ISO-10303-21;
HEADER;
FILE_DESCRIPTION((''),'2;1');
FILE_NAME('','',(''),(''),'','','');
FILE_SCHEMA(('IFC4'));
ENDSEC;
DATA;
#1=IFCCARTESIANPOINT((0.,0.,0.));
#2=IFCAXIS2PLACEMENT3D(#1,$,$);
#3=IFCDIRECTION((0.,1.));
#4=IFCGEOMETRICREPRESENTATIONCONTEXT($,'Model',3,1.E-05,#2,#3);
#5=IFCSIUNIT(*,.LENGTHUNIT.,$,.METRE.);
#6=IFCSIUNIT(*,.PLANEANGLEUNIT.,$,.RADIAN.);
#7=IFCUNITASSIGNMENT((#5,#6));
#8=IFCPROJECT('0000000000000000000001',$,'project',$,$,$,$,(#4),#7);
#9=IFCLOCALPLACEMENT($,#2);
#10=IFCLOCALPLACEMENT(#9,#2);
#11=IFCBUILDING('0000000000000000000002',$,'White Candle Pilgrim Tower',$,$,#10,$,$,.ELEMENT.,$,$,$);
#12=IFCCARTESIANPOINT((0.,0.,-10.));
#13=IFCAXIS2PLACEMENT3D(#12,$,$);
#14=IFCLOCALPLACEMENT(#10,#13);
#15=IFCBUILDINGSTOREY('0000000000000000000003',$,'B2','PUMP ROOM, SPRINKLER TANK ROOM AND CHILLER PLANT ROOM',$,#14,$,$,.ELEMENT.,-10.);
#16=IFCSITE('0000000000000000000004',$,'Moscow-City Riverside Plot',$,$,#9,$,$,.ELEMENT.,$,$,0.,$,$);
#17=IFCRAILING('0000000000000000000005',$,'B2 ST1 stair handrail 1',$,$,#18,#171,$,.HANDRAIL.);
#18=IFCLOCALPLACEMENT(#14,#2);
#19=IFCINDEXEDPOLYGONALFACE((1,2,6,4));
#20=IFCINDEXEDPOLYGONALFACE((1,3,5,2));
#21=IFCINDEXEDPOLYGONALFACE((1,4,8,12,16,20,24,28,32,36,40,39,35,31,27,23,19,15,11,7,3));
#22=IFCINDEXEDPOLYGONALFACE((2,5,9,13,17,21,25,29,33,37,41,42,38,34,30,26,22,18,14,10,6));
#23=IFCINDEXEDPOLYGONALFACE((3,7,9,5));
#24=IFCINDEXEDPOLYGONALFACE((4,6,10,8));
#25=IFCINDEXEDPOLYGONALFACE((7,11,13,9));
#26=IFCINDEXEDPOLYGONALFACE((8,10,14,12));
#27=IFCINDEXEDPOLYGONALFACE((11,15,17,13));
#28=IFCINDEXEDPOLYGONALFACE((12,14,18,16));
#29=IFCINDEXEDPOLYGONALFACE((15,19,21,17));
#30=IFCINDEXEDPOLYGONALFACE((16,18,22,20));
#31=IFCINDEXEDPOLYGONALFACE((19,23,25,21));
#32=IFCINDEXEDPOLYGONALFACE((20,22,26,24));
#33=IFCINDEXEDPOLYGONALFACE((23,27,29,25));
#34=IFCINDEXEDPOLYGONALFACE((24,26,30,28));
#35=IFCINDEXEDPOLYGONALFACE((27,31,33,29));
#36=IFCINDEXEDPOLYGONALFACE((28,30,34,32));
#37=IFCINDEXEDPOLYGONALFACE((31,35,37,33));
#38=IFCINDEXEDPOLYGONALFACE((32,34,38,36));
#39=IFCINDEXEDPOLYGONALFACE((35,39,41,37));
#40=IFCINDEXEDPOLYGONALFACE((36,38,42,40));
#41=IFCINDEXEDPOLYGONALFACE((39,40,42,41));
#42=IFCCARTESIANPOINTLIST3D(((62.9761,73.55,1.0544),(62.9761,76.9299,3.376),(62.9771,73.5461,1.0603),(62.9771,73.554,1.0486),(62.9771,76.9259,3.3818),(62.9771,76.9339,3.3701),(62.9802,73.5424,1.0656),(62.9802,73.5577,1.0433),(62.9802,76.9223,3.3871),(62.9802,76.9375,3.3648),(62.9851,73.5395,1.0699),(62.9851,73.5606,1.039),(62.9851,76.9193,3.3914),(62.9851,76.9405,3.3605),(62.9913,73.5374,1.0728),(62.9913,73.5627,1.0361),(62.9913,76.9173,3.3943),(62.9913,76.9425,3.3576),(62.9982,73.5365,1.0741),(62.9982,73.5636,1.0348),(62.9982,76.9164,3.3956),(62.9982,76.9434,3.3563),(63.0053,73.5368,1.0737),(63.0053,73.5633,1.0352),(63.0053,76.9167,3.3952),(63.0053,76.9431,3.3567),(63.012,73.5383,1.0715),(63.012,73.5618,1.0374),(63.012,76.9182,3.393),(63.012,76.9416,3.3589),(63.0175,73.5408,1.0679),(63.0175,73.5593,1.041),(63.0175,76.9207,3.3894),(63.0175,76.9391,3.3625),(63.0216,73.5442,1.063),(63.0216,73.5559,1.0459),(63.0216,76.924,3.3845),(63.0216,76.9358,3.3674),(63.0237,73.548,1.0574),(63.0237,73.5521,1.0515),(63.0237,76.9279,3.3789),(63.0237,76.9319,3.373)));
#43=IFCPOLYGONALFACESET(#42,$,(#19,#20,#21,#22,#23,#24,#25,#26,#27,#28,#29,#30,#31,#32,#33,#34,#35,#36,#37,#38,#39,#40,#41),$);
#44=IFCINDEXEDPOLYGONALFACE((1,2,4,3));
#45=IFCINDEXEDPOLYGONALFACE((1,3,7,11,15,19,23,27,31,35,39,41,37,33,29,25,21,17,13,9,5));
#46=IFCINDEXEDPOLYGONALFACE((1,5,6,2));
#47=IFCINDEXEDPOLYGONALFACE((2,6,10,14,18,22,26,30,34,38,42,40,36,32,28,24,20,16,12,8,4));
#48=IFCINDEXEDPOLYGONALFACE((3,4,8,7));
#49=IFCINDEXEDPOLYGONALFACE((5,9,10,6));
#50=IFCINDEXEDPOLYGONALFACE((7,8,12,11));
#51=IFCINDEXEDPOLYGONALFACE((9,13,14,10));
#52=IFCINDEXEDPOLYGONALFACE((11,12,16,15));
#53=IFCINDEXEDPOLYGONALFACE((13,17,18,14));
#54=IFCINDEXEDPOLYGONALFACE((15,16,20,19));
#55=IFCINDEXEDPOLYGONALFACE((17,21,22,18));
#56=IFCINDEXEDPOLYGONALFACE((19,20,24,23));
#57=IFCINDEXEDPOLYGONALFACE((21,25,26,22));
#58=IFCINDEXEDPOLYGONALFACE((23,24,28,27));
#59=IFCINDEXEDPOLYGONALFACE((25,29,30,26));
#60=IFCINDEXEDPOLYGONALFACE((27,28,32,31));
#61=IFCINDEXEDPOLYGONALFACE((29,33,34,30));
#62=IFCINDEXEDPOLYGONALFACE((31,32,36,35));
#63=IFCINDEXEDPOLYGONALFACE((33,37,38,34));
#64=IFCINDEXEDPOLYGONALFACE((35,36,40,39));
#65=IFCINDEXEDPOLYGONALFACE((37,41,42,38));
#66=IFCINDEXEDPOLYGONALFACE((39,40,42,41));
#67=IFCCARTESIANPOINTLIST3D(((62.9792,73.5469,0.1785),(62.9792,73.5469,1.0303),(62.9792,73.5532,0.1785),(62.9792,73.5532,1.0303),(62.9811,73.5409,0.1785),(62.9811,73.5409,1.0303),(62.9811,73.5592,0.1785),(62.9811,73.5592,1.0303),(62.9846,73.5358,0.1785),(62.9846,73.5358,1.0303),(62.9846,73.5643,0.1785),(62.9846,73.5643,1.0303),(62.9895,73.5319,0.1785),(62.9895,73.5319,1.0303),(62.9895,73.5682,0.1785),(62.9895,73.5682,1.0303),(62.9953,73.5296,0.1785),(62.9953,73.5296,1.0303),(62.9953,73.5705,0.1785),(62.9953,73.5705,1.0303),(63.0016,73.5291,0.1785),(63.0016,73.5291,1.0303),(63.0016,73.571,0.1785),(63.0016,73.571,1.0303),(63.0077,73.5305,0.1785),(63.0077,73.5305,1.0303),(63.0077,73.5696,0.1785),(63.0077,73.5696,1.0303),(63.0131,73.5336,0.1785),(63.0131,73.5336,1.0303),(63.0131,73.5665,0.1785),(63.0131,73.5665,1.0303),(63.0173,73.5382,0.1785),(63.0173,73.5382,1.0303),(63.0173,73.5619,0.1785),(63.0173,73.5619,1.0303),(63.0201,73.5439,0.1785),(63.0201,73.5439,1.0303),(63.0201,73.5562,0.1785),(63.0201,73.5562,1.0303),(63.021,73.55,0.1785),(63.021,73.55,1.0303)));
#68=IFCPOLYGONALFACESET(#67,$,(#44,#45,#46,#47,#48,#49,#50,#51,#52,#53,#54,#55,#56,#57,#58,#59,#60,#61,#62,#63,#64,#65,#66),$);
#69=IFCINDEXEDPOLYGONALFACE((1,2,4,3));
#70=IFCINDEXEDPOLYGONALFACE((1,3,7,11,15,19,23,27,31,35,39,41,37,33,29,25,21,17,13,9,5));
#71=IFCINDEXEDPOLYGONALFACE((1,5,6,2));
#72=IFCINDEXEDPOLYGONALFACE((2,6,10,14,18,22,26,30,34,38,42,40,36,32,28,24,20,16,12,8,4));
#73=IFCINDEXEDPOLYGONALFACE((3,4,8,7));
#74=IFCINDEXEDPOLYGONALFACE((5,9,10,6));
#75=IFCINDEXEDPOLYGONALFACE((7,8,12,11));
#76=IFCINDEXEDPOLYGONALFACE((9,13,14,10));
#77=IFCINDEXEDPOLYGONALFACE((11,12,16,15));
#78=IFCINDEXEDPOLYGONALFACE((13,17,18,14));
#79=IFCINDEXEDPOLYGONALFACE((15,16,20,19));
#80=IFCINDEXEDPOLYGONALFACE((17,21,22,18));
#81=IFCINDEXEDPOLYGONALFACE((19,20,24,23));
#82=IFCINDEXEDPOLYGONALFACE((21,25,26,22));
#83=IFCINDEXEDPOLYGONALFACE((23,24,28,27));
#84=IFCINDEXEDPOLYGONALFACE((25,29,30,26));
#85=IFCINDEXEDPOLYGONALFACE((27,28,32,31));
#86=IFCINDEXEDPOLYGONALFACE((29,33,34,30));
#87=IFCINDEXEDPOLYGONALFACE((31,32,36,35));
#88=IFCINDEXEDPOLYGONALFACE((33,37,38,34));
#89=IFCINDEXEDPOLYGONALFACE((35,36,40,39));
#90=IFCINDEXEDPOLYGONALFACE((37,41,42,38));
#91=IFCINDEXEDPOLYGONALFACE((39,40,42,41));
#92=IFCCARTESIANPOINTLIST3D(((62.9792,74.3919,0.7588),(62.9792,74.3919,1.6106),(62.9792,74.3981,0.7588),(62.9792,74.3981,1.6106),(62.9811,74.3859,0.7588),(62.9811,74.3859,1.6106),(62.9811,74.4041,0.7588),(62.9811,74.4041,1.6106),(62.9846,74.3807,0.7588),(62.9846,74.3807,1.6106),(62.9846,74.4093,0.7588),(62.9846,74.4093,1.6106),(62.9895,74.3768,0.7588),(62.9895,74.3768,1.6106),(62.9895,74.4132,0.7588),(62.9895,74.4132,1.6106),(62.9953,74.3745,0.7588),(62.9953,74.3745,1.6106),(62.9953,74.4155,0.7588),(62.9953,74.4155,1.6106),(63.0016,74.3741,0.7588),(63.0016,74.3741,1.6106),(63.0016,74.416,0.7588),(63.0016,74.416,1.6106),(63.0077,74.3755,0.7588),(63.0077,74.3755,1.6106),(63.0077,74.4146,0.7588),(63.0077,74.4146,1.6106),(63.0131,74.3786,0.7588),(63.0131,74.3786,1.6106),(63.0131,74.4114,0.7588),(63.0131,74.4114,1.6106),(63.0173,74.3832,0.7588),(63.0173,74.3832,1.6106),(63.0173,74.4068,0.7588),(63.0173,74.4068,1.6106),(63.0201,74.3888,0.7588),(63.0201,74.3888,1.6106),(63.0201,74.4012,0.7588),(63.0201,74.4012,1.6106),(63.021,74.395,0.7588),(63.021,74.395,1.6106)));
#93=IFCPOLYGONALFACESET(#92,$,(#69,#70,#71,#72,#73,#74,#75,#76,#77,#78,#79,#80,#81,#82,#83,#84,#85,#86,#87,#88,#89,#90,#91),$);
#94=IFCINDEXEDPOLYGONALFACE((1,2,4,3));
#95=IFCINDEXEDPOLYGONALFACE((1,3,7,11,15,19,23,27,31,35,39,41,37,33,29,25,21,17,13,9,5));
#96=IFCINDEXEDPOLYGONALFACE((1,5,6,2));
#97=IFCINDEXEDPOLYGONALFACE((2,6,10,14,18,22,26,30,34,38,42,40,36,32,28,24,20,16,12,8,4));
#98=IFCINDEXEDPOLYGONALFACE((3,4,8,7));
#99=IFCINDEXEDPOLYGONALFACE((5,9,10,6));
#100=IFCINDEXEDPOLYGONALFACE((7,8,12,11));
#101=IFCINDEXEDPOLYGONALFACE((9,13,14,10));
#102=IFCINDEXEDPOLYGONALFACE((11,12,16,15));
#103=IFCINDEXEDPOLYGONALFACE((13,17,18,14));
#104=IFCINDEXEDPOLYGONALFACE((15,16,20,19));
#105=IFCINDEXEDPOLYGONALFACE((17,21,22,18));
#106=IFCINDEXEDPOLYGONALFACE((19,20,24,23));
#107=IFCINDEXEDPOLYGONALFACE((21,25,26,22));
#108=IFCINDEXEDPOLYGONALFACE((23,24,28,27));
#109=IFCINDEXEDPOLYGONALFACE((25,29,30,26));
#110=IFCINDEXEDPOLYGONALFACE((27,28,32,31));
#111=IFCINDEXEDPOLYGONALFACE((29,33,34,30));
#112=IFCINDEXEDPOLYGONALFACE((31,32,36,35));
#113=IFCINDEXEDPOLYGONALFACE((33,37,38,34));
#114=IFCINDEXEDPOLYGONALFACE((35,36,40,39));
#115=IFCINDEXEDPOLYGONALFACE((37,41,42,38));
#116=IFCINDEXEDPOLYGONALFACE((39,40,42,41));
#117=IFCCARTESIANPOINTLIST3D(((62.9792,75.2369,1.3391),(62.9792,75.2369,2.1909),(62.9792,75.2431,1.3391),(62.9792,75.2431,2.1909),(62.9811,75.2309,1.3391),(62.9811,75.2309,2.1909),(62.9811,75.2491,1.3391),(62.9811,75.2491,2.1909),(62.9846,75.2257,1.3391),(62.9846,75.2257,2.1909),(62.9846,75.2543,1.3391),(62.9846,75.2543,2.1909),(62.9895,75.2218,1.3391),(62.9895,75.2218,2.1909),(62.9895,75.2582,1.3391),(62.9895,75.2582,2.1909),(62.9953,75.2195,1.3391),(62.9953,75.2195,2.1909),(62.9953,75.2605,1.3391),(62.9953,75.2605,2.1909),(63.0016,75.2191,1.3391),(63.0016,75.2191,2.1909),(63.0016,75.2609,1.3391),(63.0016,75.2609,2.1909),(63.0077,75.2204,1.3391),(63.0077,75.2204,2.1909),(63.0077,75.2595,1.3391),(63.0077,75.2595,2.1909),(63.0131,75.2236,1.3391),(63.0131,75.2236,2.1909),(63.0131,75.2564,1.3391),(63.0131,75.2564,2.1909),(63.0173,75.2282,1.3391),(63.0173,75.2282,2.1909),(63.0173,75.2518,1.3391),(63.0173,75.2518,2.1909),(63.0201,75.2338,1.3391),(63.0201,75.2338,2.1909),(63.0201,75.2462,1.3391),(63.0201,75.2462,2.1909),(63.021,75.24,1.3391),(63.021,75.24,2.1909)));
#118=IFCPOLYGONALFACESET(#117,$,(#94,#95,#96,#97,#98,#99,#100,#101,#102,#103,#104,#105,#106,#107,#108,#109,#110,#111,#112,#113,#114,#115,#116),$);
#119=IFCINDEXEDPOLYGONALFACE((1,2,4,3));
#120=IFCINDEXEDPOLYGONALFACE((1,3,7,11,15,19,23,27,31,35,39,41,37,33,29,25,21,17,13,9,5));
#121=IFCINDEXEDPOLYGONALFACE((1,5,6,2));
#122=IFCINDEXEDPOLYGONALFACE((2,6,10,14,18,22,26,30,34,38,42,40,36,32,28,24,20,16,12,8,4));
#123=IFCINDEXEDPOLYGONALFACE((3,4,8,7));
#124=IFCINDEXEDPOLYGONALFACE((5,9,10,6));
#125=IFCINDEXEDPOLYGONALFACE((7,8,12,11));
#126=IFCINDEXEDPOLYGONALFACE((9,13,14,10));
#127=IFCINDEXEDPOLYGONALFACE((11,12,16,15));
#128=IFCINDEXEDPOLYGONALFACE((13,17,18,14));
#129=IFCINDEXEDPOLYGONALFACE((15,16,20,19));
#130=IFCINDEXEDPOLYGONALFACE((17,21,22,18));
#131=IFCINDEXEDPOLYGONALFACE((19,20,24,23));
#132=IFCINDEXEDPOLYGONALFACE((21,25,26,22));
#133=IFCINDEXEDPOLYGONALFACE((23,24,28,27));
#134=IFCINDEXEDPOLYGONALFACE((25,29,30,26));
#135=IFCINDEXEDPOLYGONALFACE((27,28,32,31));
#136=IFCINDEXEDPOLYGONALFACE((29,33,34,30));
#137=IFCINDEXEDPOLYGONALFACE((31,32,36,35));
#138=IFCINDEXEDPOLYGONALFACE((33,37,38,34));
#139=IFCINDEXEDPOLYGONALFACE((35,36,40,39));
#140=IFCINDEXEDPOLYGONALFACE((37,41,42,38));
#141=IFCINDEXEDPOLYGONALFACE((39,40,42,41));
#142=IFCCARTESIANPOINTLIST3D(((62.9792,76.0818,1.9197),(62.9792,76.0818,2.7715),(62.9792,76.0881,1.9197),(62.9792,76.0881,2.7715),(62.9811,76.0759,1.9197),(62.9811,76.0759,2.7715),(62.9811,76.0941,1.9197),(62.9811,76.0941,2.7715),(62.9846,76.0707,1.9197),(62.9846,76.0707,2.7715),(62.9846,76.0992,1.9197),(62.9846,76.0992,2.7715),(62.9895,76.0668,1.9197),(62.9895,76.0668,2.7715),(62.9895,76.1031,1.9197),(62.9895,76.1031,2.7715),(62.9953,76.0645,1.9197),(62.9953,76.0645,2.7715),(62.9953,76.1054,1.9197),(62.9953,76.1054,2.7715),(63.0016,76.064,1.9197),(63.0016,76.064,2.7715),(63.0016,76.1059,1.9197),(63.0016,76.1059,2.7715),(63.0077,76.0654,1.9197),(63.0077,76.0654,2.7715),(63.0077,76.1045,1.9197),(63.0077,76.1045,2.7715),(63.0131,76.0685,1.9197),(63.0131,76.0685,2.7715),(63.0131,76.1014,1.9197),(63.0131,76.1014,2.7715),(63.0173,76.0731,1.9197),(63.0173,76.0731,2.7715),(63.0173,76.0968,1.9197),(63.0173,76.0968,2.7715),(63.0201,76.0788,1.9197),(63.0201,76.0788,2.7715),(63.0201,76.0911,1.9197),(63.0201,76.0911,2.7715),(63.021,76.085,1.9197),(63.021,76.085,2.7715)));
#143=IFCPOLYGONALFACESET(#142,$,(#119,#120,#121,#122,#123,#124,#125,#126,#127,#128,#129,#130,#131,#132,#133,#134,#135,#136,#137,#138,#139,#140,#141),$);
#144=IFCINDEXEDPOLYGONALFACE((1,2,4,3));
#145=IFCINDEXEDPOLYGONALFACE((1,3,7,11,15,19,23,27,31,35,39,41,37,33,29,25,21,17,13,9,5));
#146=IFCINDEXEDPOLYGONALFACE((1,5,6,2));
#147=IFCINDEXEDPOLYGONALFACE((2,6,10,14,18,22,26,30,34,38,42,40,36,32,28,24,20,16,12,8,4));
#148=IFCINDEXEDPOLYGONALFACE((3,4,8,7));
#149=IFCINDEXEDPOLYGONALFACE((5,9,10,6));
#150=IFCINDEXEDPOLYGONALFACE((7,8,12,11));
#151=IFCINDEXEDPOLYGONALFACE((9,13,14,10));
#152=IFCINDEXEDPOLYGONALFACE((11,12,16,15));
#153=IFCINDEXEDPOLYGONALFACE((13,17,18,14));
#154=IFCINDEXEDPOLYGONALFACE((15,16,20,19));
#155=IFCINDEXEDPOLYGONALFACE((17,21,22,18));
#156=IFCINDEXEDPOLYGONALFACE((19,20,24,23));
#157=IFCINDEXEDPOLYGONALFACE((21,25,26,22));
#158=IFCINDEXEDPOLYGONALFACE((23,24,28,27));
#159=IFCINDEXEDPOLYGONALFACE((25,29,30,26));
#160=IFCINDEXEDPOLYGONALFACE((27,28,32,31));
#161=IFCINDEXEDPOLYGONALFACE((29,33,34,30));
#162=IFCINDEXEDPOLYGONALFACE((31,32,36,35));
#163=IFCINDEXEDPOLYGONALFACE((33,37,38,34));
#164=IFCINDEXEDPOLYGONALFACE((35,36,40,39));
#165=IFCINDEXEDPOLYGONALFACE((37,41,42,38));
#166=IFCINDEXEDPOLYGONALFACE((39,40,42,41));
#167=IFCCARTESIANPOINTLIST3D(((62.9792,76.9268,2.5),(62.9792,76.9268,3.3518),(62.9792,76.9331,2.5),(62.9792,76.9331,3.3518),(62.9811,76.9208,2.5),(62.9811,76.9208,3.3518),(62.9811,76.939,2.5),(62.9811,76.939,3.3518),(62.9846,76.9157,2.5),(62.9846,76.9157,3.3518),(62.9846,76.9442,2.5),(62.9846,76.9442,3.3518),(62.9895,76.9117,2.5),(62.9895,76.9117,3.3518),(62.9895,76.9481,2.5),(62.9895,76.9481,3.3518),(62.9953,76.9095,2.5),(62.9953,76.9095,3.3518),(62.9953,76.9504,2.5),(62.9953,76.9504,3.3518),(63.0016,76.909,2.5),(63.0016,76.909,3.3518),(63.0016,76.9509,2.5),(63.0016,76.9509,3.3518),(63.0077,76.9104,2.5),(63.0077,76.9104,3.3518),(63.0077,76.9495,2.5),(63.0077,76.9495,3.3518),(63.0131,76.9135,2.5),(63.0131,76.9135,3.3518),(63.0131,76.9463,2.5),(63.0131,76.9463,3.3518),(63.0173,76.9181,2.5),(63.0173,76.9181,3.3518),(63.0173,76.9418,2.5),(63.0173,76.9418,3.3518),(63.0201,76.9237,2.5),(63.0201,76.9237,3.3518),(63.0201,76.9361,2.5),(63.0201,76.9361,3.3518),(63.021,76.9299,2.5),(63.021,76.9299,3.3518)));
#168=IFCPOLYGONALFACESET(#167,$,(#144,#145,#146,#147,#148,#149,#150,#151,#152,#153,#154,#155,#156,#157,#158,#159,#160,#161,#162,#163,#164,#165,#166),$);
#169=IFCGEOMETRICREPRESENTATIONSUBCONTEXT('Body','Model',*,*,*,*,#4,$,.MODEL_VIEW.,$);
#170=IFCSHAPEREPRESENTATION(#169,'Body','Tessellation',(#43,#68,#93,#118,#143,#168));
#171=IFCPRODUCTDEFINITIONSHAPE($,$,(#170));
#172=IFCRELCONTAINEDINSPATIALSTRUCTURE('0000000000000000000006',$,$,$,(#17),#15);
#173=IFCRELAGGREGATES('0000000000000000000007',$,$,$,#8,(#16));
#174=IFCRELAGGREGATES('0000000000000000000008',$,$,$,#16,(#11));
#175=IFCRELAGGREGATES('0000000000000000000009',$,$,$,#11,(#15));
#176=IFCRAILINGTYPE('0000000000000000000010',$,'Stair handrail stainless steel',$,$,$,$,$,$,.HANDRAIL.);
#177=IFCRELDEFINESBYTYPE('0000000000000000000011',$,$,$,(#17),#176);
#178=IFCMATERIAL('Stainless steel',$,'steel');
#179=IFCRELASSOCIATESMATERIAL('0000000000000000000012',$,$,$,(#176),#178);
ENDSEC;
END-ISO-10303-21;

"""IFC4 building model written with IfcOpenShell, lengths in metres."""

from ifc_helpers import new_model, si_unit, direction, frame, origin, origin_2d, place, context, subcontext, project, spatial, circle, extrude, material, type_object, element, save


model = new_model("IFC4")

# Units and contexts
model_context = context("Model", 3, precision=1e-05, world=origin(), true_north=direction((0.0, 1.0)))
body_context = subcontext(model_context, "Body", "Model", "MODEL_VIEW")
ifc_project = project(units=[si_unit("LENGTHUNIT", "METRE"), si_unit("PLANEANGLEUNIT", "RADIAN")], contexts=[model_context])

# Site, building, storey
site_placement = place(None, origin())
site = spatial("IfcSite", under=ifc_project, at=site_placement, Name="Moscow-City Riverside Plot", CompositionType="ELEMENT", RefElevation=0.0)
building_placement = place(site_placement, origin())
building = spatial("IfcBuilding", under=site, at=building_placement, Name="White Candle Pilgrim Tower", CompositionType="ELEMENT")
storey_placement = place(building_placement, frame((0.0, 0.0, -10.0)))
storey = spatial("IfcBuildingStorey", under=building, at=storey_placement, Name="B2", Description="PUMP ROOM, SPRINKLER TANK ROOM AND CHILLER PLANT ROOM", CompositionType="ELEMENT", Elevation=-10.0)

# Railing
ifc_material_1 = material(Name="Stainless steel", Category="steel")
railing_type_1 = type_object("IfcRailingType", Name="Stair handrail stainless steel", PredefinedType="HANDRAIL", material=ifc_material_1)
railing_1_placement = place(storey_placement, frame((63.0, 73.55, 0.1785)))
element("IfcRailing", 1, at=railing_1_placement, inside=storey, type_object=railing_type_1, Name="B2 ST1 stair handrail 1", PredefinedType="HANDRAIL", context=body_context, shape_type="SweptSolid", body=[
    extrude(circle(Radius=0.0239, at=origin_2d()), frame((0.0, 0.0, 0.876), z_axis=(0.0, 0.824285, 0.566175), x_axis=(-1.0, 0.0, 0.0)), (0.0, 0.0, 1.0), 4.1003),
    extrude(circle(Radius=0.021, at=origin_2d()), origin(), (0.0, 0.0, 1.0), 0.8518),
    extrude(circle(Radius=0.021, at=origin_2d()), frame((0.0, 0.845, 0.5803)), (0.0, 0.0, 1.0), 0.8518),
    extrude(circle(Radius=0.021, at=origin_2d()), frame((0.0, 1.6899, 1.1606)), (0.0, 0.0, 1.0), 0.8518),
    extrude(circle(Radius=0.021, at=origin_2d()), frame((0.0, 2.5349, 1.7412)), (0.0, 0.0, 1.0), 0.8518),
    extrude(circle(Radius=0.021, at=origin_2d()), frame((0.0, 3.3799, 2.3215)), (0.0, 0.0, 1.0), 0.8518),
])

save(model, "model.ifc")
